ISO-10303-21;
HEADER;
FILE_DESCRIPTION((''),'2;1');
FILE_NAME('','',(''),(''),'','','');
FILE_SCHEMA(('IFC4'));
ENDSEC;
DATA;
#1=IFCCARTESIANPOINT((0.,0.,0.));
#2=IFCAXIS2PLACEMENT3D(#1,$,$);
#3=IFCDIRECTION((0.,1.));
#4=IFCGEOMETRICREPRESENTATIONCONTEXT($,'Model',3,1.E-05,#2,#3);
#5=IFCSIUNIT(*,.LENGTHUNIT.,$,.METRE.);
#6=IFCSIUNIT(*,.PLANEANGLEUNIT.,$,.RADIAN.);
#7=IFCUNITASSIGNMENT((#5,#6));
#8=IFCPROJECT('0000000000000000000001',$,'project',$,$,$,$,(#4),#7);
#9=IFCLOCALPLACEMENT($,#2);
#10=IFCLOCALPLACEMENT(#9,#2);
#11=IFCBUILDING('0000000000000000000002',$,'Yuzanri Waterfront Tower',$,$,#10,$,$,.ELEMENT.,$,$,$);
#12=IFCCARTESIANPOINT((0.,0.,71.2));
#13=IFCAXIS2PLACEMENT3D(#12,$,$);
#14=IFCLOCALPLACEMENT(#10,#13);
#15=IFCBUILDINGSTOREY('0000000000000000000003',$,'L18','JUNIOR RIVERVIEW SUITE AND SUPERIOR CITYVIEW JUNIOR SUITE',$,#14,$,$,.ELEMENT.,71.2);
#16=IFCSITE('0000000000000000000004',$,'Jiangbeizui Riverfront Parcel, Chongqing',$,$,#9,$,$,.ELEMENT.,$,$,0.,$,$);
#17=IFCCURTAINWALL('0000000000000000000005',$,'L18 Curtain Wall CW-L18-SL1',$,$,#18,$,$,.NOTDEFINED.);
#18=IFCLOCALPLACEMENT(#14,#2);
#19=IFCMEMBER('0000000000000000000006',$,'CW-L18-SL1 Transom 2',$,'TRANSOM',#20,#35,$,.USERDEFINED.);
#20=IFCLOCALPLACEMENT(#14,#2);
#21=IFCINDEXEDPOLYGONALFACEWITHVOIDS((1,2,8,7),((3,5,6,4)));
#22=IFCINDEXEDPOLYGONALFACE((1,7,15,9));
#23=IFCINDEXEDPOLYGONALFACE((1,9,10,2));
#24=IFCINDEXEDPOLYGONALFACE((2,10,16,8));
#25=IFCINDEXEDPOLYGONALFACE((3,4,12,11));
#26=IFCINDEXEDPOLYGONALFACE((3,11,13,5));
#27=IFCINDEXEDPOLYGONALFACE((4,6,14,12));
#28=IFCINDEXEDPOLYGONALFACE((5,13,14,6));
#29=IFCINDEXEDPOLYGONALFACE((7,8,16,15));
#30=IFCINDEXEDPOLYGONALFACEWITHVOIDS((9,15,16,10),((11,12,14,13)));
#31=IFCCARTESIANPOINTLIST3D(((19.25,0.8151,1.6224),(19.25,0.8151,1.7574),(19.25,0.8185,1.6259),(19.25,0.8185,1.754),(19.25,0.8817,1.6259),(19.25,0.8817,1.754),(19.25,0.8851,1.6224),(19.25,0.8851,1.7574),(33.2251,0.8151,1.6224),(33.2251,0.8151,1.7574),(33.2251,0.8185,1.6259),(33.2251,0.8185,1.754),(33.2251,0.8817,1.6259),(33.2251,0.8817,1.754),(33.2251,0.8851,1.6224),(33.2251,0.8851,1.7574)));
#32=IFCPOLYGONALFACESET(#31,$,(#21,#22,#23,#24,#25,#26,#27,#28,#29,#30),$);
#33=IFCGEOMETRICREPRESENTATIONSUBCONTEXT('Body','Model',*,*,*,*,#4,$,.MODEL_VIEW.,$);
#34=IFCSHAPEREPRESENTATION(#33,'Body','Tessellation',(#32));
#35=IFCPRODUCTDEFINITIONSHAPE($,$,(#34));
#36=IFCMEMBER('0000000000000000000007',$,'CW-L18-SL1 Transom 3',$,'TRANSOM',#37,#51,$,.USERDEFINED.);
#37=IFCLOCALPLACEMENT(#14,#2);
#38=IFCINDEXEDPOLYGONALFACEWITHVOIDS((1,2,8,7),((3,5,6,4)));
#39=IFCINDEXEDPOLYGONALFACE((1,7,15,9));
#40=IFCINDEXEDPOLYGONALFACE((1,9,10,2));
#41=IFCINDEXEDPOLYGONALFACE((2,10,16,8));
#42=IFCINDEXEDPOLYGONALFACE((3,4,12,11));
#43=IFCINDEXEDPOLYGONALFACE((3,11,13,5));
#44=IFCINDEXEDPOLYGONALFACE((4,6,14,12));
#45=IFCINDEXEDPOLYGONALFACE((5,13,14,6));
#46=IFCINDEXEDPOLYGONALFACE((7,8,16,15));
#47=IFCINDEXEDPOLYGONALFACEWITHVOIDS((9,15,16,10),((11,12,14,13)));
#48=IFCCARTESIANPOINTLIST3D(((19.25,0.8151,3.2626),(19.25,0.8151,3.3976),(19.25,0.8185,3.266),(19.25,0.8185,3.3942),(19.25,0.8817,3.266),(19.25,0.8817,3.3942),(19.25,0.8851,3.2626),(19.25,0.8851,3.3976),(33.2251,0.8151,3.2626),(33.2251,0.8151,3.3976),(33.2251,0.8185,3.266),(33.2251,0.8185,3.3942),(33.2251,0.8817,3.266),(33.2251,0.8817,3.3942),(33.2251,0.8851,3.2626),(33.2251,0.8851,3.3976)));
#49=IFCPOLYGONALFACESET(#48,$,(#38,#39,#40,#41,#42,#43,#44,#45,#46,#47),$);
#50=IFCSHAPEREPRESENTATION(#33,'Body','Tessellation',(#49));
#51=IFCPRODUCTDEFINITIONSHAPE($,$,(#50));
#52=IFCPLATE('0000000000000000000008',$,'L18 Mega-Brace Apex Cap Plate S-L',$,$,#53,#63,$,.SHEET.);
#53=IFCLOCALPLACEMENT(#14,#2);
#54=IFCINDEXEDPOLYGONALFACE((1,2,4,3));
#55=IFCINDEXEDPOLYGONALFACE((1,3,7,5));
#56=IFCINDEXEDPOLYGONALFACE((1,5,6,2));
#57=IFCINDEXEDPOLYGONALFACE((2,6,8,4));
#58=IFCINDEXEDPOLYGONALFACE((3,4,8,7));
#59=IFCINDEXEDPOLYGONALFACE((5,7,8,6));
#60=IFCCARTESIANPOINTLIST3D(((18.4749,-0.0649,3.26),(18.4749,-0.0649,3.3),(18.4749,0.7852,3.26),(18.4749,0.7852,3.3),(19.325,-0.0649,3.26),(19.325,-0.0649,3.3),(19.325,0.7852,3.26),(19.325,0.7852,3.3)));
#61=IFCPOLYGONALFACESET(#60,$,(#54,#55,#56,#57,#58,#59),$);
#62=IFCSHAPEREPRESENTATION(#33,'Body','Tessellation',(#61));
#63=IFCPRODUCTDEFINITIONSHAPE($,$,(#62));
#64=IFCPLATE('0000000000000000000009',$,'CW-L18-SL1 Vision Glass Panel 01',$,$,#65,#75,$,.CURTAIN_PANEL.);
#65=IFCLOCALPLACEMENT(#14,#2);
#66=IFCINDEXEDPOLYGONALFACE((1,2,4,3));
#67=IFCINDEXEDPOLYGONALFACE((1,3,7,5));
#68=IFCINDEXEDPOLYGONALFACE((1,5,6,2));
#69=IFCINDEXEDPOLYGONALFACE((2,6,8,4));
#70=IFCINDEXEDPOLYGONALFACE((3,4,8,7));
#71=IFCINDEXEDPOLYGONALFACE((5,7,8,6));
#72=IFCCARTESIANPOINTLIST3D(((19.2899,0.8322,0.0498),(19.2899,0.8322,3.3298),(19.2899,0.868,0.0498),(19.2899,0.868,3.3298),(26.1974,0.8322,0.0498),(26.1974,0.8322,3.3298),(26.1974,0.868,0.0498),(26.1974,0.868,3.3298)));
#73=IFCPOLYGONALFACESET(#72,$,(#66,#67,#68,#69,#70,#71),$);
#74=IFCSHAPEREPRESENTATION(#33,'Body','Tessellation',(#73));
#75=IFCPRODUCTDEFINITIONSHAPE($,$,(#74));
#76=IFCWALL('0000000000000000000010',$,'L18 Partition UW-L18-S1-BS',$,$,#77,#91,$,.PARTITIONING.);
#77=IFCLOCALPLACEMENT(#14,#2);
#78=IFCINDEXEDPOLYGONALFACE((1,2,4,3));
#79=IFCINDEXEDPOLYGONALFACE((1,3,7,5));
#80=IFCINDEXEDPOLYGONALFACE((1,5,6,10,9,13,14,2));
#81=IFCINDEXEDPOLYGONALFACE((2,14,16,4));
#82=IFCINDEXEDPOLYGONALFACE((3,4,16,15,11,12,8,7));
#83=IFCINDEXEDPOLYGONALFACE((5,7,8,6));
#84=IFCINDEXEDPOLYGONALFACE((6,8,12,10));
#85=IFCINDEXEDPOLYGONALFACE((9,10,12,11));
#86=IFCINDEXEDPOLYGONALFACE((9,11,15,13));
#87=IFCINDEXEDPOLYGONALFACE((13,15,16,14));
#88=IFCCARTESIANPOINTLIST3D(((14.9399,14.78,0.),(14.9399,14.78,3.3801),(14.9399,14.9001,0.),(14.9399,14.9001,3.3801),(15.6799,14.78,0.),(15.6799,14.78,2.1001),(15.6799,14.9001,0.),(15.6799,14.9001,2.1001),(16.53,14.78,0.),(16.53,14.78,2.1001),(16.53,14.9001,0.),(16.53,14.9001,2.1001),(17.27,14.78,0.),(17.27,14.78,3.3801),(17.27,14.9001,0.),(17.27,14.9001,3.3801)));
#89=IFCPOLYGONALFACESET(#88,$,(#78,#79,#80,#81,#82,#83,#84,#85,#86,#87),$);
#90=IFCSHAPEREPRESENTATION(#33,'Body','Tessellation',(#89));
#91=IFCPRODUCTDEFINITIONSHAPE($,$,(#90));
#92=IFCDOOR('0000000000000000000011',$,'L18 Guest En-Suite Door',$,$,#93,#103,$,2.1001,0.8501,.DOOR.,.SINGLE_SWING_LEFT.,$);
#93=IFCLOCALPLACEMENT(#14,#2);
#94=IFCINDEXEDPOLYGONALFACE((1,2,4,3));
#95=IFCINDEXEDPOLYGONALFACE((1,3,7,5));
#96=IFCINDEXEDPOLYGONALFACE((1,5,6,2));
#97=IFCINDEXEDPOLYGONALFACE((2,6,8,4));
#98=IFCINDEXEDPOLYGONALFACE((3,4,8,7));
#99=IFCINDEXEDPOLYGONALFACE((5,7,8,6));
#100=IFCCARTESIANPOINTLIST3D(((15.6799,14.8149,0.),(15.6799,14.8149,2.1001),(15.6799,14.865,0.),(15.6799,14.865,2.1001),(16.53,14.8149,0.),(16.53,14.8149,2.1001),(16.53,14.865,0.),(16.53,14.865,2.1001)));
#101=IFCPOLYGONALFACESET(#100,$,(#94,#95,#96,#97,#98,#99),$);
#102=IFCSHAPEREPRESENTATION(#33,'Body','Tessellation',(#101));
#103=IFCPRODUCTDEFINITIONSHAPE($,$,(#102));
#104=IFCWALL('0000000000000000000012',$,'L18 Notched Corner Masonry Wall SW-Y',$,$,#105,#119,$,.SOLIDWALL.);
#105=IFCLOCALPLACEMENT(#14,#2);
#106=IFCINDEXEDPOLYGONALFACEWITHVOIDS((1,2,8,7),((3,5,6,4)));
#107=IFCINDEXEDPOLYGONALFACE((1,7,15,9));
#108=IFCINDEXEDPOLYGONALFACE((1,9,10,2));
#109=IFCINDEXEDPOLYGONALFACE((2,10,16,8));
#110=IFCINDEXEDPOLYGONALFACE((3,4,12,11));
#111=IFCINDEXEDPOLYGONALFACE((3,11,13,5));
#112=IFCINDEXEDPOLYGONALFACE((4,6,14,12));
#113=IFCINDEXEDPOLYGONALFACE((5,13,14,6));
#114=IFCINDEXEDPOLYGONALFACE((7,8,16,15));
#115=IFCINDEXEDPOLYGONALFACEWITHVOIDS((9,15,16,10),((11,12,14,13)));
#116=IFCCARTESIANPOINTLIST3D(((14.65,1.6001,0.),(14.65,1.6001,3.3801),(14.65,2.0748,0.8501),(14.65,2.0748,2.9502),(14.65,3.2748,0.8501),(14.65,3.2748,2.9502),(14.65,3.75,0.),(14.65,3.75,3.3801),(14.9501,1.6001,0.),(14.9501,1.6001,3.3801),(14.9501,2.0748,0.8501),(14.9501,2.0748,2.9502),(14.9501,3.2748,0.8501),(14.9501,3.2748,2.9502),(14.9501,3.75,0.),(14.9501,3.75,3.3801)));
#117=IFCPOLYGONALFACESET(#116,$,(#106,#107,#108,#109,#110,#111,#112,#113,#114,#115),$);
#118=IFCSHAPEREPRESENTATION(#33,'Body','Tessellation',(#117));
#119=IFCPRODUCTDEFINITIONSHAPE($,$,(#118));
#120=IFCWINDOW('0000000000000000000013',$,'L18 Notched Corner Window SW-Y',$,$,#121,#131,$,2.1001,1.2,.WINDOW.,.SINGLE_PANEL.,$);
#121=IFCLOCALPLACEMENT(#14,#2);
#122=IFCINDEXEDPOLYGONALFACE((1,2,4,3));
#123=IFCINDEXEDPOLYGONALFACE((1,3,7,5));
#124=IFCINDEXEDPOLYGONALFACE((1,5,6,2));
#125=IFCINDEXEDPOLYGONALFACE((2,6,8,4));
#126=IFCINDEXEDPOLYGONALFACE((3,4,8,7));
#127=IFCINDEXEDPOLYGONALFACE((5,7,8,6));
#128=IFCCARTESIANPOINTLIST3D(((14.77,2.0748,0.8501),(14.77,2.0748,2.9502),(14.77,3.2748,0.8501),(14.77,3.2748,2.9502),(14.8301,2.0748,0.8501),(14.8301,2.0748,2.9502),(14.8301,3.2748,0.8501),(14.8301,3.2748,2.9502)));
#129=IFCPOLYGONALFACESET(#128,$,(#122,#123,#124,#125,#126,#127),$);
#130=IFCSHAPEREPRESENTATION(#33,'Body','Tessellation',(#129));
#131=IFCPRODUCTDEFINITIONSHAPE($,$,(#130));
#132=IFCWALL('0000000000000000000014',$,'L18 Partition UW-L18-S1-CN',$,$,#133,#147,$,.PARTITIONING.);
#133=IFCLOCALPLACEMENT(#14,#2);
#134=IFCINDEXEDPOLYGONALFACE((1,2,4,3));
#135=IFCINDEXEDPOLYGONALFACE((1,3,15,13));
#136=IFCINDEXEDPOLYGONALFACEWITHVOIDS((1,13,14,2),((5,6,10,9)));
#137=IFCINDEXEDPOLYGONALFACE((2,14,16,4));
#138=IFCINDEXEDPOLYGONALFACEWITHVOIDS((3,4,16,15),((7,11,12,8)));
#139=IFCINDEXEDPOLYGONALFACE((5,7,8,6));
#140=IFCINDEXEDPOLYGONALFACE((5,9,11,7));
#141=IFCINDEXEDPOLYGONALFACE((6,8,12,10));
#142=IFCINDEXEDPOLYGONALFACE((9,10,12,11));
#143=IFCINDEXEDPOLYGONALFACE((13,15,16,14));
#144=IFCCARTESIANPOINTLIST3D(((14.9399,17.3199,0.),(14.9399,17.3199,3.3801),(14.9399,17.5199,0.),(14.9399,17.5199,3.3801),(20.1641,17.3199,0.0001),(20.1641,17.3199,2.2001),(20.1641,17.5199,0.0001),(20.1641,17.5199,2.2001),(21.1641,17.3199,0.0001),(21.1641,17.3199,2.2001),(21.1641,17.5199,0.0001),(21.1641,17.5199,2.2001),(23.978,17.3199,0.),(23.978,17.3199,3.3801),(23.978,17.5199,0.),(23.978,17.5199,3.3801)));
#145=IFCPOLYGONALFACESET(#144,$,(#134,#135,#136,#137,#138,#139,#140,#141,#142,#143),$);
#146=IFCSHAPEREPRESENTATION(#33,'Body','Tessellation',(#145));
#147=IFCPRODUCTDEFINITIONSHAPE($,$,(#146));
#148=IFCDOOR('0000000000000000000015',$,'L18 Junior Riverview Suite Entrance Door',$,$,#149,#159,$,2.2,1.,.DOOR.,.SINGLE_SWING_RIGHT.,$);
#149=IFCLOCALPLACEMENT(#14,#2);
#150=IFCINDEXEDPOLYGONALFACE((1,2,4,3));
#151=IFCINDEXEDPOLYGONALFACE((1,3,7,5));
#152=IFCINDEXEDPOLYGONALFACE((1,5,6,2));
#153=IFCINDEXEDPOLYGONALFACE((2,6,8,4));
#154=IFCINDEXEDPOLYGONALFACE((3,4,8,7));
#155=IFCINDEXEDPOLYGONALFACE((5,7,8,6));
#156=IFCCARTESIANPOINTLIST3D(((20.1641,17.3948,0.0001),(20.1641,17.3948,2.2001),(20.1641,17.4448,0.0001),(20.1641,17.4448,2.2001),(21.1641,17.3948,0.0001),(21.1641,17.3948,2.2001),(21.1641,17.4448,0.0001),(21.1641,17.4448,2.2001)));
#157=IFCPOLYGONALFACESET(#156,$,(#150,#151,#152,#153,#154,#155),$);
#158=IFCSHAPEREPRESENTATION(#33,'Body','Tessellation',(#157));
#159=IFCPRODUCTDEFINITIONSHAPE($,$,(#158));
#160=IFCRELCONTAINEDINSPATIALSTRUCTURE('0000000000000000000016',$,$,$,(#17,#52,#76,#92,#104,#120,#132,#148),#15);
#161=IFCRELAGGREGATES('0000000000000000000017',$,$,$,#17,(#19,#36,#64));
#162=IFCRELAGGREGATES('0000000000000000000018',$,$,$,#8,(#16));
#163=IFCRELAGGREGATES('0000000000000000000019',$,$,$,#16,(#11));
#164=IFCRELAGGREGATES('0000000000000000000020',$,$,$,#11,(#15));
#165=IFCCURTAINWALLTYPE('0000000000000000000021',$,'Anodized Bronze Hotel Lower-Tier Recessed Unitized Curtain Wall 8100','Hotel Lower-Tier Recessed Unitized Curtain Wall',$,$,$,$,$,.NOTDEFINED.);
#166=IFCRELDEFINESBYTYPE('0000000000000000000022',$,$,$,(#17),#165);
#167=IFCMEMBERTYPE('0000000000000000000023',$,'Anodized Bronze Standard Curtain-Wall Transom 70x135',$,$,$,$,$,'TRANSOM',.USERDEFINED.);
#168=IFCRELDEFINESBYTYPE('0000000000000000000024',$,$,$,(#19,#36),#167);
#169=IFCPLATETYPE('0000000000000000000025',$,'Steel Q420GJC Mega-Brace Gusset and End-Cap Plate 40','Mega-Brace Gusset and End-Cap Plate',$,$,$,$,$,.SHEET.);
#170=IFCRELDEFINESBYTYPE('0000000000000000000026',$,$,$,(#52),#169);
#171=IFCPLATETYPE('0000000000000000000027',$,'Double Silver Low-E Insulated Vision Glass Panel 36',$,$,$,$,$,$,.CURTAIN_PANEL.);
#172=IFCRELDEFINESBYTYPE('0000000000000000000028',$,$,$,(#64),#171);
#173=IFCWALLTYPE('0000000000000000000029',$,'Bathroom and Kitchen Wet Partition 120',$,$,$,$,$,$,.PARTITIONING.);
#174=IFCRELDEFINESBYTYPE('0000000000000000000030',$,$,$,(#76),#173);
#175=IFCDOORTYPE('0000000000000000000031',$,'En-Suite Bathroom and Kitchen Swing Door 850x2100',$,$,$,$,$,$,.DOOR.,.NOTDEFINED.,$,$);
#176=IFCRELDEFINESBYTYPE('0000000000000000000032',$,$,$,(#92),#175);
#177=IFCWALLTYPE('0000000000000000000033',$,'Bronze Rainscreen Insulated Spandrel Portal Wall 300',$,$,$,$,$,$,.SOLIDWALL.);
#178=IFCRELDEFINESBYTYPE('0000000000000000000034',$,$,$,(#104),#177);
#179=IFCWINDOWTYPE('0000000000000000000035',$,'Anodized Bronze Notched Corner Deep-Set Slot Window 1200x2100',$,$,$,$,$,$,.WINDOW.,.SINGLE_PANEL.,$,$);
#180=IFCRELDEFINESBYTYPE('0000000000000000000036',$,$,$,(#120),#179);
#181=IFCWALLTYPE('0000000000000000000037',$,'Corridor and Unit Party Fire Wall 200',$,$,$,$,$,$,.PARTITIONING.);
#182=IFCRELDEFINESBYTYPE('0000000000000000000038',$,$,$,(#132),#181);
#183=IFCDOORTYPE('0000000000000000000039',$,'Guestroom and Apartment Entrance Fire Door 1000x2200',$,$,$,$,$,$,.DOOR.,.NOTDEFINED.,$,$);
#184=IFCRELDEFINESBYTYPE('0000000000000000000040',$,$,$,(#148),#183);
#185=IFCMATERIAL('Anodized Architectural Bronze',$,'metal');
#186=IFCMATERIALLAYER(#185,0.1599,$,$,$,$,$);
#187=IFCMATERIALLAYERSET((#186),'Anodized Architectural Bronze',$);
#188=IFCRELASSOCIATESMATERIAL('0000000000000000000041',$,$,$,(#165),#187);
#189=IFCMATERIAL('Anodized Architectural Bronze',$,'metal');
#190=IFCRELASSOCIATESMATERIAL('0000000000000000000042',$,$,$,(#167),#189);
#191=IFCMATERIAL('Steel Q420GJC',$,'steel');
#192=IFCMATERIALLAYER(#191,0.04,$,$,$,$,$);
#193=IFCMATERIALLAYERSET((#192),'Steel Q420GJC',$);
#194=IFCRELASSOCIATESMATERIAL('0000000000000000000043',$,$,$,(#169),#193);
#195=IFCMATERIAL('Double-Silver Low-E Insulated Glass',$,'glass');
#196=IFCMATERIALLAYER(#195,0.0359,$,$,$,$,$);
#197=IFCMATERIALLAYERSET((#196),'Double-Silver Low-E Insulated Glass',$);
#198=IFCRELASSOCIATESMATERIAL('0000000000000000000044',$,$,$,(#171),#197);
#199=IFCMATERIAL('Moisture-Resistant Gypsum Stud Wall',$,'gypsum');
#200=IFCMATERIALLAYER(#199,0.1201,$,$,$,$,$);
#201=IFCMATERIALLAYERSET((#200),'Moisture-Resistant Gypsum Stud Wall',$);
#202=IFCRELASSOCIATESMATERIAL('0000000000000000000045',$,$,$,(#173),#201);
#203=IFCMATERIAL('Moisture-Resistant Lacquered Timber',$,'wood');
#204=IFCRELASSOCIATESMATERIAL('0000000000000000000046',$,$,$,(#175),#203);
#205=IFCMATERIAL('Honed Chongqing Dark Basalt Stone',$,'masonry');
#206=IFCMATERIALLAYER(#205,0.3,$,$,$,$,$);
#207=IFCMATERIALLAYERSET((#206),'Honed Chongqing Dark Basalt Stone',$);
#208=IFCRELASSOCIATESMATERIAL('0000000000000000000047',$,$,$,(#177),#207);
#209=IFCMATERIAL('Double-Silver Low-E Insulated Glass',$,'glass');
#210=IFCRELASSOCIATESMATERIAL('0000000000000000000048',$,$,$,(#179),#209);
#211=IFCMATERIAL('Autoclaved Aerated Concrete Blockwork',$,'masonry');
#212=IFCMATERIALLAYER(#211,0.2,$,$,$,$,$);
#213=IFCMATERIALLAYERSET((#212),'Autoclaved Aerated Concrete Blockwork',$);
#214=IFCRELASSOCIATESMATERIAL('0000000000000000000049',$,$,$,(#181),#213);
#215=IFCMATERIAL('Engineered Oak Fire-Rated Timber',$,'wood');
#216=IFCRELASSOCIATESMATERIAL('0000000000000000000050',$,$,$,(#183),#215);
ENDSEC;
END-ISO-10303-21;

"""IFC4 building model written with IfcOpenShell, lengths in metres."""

from ifc_helpers import new_model, si_unit, direction, frame, frame_2d, origin, origin_2d, place, context, subcontext, project, spatial, rectangle, hollow_rectangle, extrude, source, transform, mapped, material, layer, layer_set, material_profile, profile_set, type_object, element, fill, aggregate, save


model = new_model("IFC4")

# Units and contexts
model_context = context("Model", 3, precision=1e-05, world=origin(), true_north=direction((0.0, 1.0)))
body_context = subcontext(model_context, "Body", "Model", "MODEL_VIEW")
ifc_project = project(units=[si_unit("LENGTHUNIT", "METRE"), si_unit("PLANEANGLEUNIT", "RADIAN")], contexts=[model_context])

# Site, building, storey
site_placement = place(None, origin())
site = spatial("IfcSite", under=ifc_project, at=site_placement, Name="Jiangbeizui Riverfront Parcel, Chongqing", CompositionType="ELEMENT", RefElevation=0.0)
building_placement = place(site_placement, origin())
building = spatial("IfcBuilding", under=site, at=building_placement, Name="Yuzanri Waterfront Tower", CompositionType="ELEMENT")
storey_placement = place(building_placement, frame((0.0, 0.0, 71.2)))
storey = spatial("IfcBuildingStorey", under=building, at=storey_placement, Name="L18", Description="JUNIOR RIVERVIEW SUITE AND SUPERIOR CITYVIEW JUNIOR SUITE", CompositionType="ELEMENT", Elevation=71.2)

# Curtain wall, members
ifc_material_1 = material(Name="Anodized Architectural Bronze", Category="metal")
ifc_layer_1 = layer(ifc_material_1, 0.1599)
ifc_layer_set_1 = layer_set([ifc_layer_1], Name="Anodized Architectural Bronze")
curtain_wall_type = type_object("IfcCurtainWallType", Name="Anodized Bronze Hotel Lower-Tier Recessed Unitized Curtain Wall 8100", Description="Hotel Lower-Tier Recessed Unitized Curtain Wall", PredefinedType="NOTDEFINED", material=ifc_layer_set_1)
curtain_wall_placement = place(storey_placement, origin())
curtain_wall = element("IfcCurtainWall", 1, at=curtain_wall_placement, inside=storey, type_object=curtain_wall_type, Name="L18 Curtain Wall CW-L18-SL1", PredefinedType="NOTDEFINED")
ifc_material_2 = material(Name="Anodized Architectural Bronze", Category="metal")
ifc_material_profile_1 = material_profile(ifc_material_2, hollow_rectangle(XDim=0.0701, YDim=0.135, WallThickness=0.0034, at=origin_2d()), Name="CWT 70x135")
ifc_profile_set_1 = profile_set([ifc_material_profile_1], Name="Anodized Architectural Bronze")
member_type_1 = type_object("IfcMemberType", Name="Anodized Bronze Standard Curtain-Wall Transom 70x135", ElementType="TRANSOM", PredefinedType="USERDEFINED", material=ifc_profile_set_1)
shared_shape_1 = source(origin(), body_context, "Body", "SweptSolid", [
    extrude(hollow_rectangle(XDim=0.0701, YDim=0.135, WallThickness=0.0034, at=origin_2d()), origin(), (0.0, 0.0, 1.0), 13.9751),
])
member_1_placement = place(storey_placement, frame((19.25, 0.8501, 1.6899), z_axis=(1.0, 0.0, 0.0), x_axis=(0.0, 1.0, 0.0)))
member_1 = element("IfcMember", 2, at=member_1_placement, type_object=member_type_1, Name="CW-L18-SL1 Transom 2", ObjectType="TRANSOM", PredefinedType="USERDEFINED", context=body_context, shape_type="MappedRepresentation", body=[
    mapped(shared_shape_1, transform((0.0, 0.0, 0.0), scale=1.0)),
])
member_2_placement = place(storey_placement, frame((19.25, 0.8501, 3.3301), z_axis=(1.0, 0.0, 0.0), x_axis=(0.0, 1.0, 0.0)))
member_2 = element("IfcMember", 3, at=member_2_placement, type_object=member_type_1, Name="CW-L18-SL1 Transom 3", ObjectType="TRANSOM", PredefinedType="USERDEFINED", context=body_context, shape_type="MappedRepresentation", body=[
    mapped(shared_shape_1, transform((0.0, 0.0, 0.0), scale=1.0)),
])

# Plates
ifc_material_3 = material(Name="Steel Q420GJC", Category="steel")
ifc_layer_2 = layer(ifc_material_3, 0.04)
ifc_layer_set_2 = layer_set([ifc_layer_2], Name="Steel Q420GJC")
plate_type_1 = type_object("IfcPlateType", Name="Steel Q420GJC Mega-Brace Gusset and End-Cap Plate 40", Description="Mega-Brace Gusset and End-Cap Plate", PredefinedType="SHEET", material=ifc_layer_set_2)
shared_shape_2 = source(origin(), body_context, "Body", "SweptSolid", [
    extrude(rectangle(XDim=0.8501, YDim=0.8501, at=origin_2d()), origin(), (0.0, 0.0, 1.0), 0.04),
])
plate_1_placement = place(storey_placement, frame((18.8999, 0.3601, 3.26), z_axis=(0.0, 0.0, 1.0), x_axis=(1.0, 0.0, 0.0)))
element("IfcPlate", 4, at=plate_1_placement, inside=storey, type_object=plate_type_1, Name="L18 Mega-Brace Apex Cap Plate S-L", PredefinedType="SHEET", context=body_context, shape_type="MappedRepresentation", body=[
    mapped(shared_shape_2, transform((0.0, 0.0, 0.0), scale=1.0)),
])
ifc_material_4 = material(Name="Double-Silver Low-E Insulated Glass", Category="glass")
ifc_layer_3 = layer(ifc_material_4, 0.0359)
ifc_layer_set_3 = layer_set([ifc_layer_3], Name="Double-Silver Low-E Insulated Glass")
plate_type_2 = type_object("IfcPlateType", Name="Double Silver Low-E Insulated Vision Glass Panel 36", PredefinedType="CURTAIN_PANEL", material=ifc_layer_set_3)
shared_shape_3 = source(origin(), body_context, "Body", "SweptSolid", [
    extrude(rectangle(XDim=6.9075, YDim=0.0359, at=origin_2d()), origin(), (0.0, 0.0, 1.0), 3.28),
])
plate_2_placement = place(storey_placement, frame((22.7437, 0.8501, 0.0498), z_axis=(0.0, 0.0, 1.0), x_axis=(1.0, 0.0, 0.0)))
plate_2 = element("IfcPlate", 5, at=plate_2_placement, type_object=plate_type_2, Name="CW-L18-SL1 Vision Glass Panel 01", PredefinedType="CURTAIN_PANEL", context=body_context, shape_type="MappedRepresentation", body=[
    mapped(shared_shape_3, transform((0.0, 0.0, 0.0), scale=1.0)),
])
aggregate(curtain_wall, [member_1, member_2, plate_2])

# Wall, opening, door
ifc_material_5 = material(Name="Moisture-Resistant Gypsum Stud Wall", Category="gypsum")
ifc_layer_4 = layer(ifc_material_5, 0.1201)
ifc_layer_set_4 = layer_set([ifc_layer_4], Name="Moisture-Resistant Gypsum Stud Wall")
wall_type_1 = type_object("IfcWallType", Name="Bathroom and Kitchen Wet Partition 120", PredefinedType="PARTITIONING", material=ifc_layer_set_4)
wall_1_placement = place(storey_placement, frame((14.9399, 14.8401, 0.0), z_axis=(0.0, 0.0, 1.0), x_axis=(1.0, 0.0, 0.0)))
wall_1 = element("IfcWall", 6, at=wall_1_placement, inside=storey, type_object=wall_type_1, Name="L18 Partition UW-L18-S1-BS", PredefinedType="PARTITIONING", context=body_context, shape_type="SweptSolid", body=[
    extrude(rectangle(XDim=2.3301, YDim=0.1201, at=frame_2d((1.165, 0.0))), origin(), (0.0, 0.0, 1.0), 3.3801),
])
opening_1_placement = place(wall_1_placement, frame((0.74, 0.0, 0.0)))
opening_1 = element("IfcOpeningElement", 7, at=opening_1_placement, cuts=wall_1, PredefinedType="OPENING", context=body_context, shape_type="SweptSolid", body=[
    extrude(rectangle(XDim=0.8501, YDim=2.1001, at=frame_2d((0.425, 1.05))), frame((0.0, 0.075, 0.0), z_axis=(0.0, -1.0, 0.0), x_axis=(1.0, 0.0, 0.0)), (0.0, 0.0, 1.0), 0.1499),
])
ifc_material_6 = material(Name="Moisture-Resistant Lacquered Timber", Category="wood")
door_type_1 = type_object("IfcDoorType", Name="En-Suite Bathroom and Kitchen Swing Door 850x2100", OperationType="NOTDEFINED", PredefinedType="DOOR", material=ifc_material_6)
shared_shape_4 = source(origin(), body_context, "Body", "SweptSolid", [
    extrude(rectangle(XDim=0.8501, YDim=2.1001, at=frame_2d((0.425, 1.05))), frame((0.0, 0.0249, 0.0), z_axis=(0.0, -1.0, 0.0), x_axis=(1.0, 0.0, 0.0)), (0.0, 0.0, 1.0), 0.05),
])
door_1_placement = place(opening_1_placement, origin())
door_1 = element("IfcDoor", 8, at=door_1_placement, inside=storey, type_object=door_type_1, Name="L18 Guest En-Suite Door", OperationType="SINGLE_SWING_LEFT", OverallHeight=2.1001, OverallWidth=0.8501, PredefinedType="DOOR", context=body_context, shape_type="MappedRepresentation", body=[
    mapped(shared_shape_4, transform((0.0, 0.0, 0.0), scale=1.0)),
])
fill(opening_1, door_1)

# Wall, opening, window
ifc_material_7 = material(Name="Honed Chongqing Dark Basalt Stone", Category="masonry")
ifc_layer_5 = layer(ifc_material_7, 0.3)
ifc_layer_set_5 = layer_set([ifc_layer_5], Name="Honed Chongqing Dark Basalt Stone")
wall_type_2 = type_object("IfcWallType", Name="Bronze Rainscreen Insulated Spandrel Portal Wall 300", PredefinedType="SOLIDWALL", material=ifc_layer_set_5)
wall_2_placement = place(storey_placement, frame((14.8, 3.75, 0.0), z_axis=(0.0, 0.0, 1.0), x_axis=(0.0, -1.0, 0.0)))
wall_2 = element("IfcWall", 9, at=wall_2_placement, inside=storey, type_object=wall_type_2, Name="L18 Notched Corner Masonry Wall SW-Y", PredefinedType="SOLIDWALL", context=body_context, shape_type="SweptSolid", body=[
    extrude(rectangle(XDim=2.1499, YDim=0.3, at=frame_2d((1.075, 0.0))), origin(), (0.0, 0.0, 1.0), 3.3801),
])
opening_2_placement = place(wall_2_placement, frame((0.4751, 0.0, 0.8501)))
opening_2 = element("IfcOpeningElement", 10, at=opening_2_placement, cuts=wall_2, PredefinedType="OPENING", context=body_context, shape_type="SweptSolid", body=[
    extrude(rectangle(XDim=1.2, YDim=2.1001, at=frame_2d((0.6001, 1.05))), frame((0.0, 0.165, 0.0), z_axis=(0.0, -1.0, 0.0), x_axis=(1.0, 0.0, 0.0)), (0.0, 0.0, 1.0), 0.3298),
])
ifc_material_8 = material(Name="Double-Silver Low-E Insulated Glass", Category="glass")
window_type = type_object("IfcWindowType", Name="Anodized Bronze Notched Corner Deep-Set Slot Window 1200x2100", PartitioningType="SINGLE_PANEL", PredefinedType="WINDOW", material=ifc_material_8)
shared_shape_5 = source(origin(), body_context, "Body", "SweptSolid", [
    extrude(rectangle(XDim=1.2, YDim=2.1001, at=frame_2d((0.6001, 1.05))), frame((0.0, 0.03, 0.0), z_axis=(0.0, -1.0, 0.0), x_axis=(1.0, 0.0, 0.0)), (0.0, 0.0, 1.0), 0.0601),
])
window_placement = place(opening_2_placement, origin())
window = element("IfcWindow", 11, at=window_placement, inside=storey, type_object=window_type, Name="L18 Notched Corner Window SW-Y", OverallHeight=2.1001, OverallWidth=1.2, PartitioningType="SINGLE_PANEL", PredefinedType="WINDOW", context=body_context, shape_type="MappedRepresentation", body=[
    mapped(shared_shape_5, transform((0.0, 0.0, 0.0), scale=1.0)),
])
fill(opening_2, window)

# Wall, opening, door
ifc_material_9 = material(Name="Autoclaved Aerated Concrete Blockwork", Category="masonry")
ifc_layer_6 = layer(ifc_material_9, 0.2)
ifc_layer_set_6 = layer_set([ifc_layer_6], Name="Autoclaved Aerated Concrete Blockwork")
wall_type_3 = type_object("IfcWallType", Name="Corridor and Unit Party Fire Wall 200", PredefinedType="PARTITIONING", material=ifc_layer_set_6)
wall_3_placement = place(storey_placement, frame((14.9399, 17.4199, 0.0), z_axis=(0.0, 0.0, 1.0), x_axis=(1.0, 0.0, 0.0)))
wall_3 = element("IfcWall", 12, at=wall_3_placement, inside=storey, type_object=wall_type_3, Name="L18 Partition UW-L18-S1-CN", PredefinedType="PARTITIONING", context=body_context, shape_type="SweptSolid", body=[
    extrude(rectangle(XDim=9.0381, YDim=0.2, at=frame_2d((4.519, 0.0))), origin(), (0.0, 0.0, 1.0), 3.3801),
])
opening_3_placement = place(wall_3_placement, frame((5.2241, 0.0, 0.0)))
opening_3 = element("IfcOpeningElement", 13, at=opening_3_placement, cuts=wall_3, PredefinedType="OPENING", context=body_context, shape_type="SweptSolid", body=[
    extrude(rectangle(XDim=1.0, YDim=2.2, at=frame_2d((0.5, 1.1001))), frame((0.0, 0.1147, 0.0), z_axis=(0.0, -1.0, 0.0), x_axis=(1.0, 0.0, 0.0)), (0.0, 0.0, 1.0), 0.2297),
])
ifc_material_10 = material(Name="Engineered Oak Fire-Rated Timber", Category="wood")
door_type_2 = type_object("IfcDoorType", Name="Guestroom and Apartment Entrance Fire Door 1000x2200", OperationType="NOTDEFINED", PredefinedType="DOOR", material=ifc_material_10)
shared_shape_6 = source(origin(), body_context, "Body", "SweptSolid", [
    extrude(rectangle(XDim=1.0, YDim=2.2, at=frame_2d((0.5, 1.1001))), frame((0.0, 0.0249, 0.0), z_axis=(0.0, -1.0, 0.0), x_axis=(1.0, 0.0, 0.0)), (0.0, 0.0, 1.0), 0.05),
])
door_2_placement = place(opening_3_placement, origin())
door_2 = element("IfcDoor", 14, at=door_2_placement, inside=storey, type_object=door_type_2, Name="L18 Junior Riverview Suite Entrance Door", OperationType="SINGLE_SWING_RIGHT", OverallHeight=2.2, OverallWidth=1.0, PredefinedType="DOOR", context=body_context, shape_type="MappedRepresentation", body=[
    mapped(shared_shape_6, transform((0.0, 0.0, 0.0), scale=1.0)),
])
fill(opening_3, door_2)

save(model, "model.ifc")
